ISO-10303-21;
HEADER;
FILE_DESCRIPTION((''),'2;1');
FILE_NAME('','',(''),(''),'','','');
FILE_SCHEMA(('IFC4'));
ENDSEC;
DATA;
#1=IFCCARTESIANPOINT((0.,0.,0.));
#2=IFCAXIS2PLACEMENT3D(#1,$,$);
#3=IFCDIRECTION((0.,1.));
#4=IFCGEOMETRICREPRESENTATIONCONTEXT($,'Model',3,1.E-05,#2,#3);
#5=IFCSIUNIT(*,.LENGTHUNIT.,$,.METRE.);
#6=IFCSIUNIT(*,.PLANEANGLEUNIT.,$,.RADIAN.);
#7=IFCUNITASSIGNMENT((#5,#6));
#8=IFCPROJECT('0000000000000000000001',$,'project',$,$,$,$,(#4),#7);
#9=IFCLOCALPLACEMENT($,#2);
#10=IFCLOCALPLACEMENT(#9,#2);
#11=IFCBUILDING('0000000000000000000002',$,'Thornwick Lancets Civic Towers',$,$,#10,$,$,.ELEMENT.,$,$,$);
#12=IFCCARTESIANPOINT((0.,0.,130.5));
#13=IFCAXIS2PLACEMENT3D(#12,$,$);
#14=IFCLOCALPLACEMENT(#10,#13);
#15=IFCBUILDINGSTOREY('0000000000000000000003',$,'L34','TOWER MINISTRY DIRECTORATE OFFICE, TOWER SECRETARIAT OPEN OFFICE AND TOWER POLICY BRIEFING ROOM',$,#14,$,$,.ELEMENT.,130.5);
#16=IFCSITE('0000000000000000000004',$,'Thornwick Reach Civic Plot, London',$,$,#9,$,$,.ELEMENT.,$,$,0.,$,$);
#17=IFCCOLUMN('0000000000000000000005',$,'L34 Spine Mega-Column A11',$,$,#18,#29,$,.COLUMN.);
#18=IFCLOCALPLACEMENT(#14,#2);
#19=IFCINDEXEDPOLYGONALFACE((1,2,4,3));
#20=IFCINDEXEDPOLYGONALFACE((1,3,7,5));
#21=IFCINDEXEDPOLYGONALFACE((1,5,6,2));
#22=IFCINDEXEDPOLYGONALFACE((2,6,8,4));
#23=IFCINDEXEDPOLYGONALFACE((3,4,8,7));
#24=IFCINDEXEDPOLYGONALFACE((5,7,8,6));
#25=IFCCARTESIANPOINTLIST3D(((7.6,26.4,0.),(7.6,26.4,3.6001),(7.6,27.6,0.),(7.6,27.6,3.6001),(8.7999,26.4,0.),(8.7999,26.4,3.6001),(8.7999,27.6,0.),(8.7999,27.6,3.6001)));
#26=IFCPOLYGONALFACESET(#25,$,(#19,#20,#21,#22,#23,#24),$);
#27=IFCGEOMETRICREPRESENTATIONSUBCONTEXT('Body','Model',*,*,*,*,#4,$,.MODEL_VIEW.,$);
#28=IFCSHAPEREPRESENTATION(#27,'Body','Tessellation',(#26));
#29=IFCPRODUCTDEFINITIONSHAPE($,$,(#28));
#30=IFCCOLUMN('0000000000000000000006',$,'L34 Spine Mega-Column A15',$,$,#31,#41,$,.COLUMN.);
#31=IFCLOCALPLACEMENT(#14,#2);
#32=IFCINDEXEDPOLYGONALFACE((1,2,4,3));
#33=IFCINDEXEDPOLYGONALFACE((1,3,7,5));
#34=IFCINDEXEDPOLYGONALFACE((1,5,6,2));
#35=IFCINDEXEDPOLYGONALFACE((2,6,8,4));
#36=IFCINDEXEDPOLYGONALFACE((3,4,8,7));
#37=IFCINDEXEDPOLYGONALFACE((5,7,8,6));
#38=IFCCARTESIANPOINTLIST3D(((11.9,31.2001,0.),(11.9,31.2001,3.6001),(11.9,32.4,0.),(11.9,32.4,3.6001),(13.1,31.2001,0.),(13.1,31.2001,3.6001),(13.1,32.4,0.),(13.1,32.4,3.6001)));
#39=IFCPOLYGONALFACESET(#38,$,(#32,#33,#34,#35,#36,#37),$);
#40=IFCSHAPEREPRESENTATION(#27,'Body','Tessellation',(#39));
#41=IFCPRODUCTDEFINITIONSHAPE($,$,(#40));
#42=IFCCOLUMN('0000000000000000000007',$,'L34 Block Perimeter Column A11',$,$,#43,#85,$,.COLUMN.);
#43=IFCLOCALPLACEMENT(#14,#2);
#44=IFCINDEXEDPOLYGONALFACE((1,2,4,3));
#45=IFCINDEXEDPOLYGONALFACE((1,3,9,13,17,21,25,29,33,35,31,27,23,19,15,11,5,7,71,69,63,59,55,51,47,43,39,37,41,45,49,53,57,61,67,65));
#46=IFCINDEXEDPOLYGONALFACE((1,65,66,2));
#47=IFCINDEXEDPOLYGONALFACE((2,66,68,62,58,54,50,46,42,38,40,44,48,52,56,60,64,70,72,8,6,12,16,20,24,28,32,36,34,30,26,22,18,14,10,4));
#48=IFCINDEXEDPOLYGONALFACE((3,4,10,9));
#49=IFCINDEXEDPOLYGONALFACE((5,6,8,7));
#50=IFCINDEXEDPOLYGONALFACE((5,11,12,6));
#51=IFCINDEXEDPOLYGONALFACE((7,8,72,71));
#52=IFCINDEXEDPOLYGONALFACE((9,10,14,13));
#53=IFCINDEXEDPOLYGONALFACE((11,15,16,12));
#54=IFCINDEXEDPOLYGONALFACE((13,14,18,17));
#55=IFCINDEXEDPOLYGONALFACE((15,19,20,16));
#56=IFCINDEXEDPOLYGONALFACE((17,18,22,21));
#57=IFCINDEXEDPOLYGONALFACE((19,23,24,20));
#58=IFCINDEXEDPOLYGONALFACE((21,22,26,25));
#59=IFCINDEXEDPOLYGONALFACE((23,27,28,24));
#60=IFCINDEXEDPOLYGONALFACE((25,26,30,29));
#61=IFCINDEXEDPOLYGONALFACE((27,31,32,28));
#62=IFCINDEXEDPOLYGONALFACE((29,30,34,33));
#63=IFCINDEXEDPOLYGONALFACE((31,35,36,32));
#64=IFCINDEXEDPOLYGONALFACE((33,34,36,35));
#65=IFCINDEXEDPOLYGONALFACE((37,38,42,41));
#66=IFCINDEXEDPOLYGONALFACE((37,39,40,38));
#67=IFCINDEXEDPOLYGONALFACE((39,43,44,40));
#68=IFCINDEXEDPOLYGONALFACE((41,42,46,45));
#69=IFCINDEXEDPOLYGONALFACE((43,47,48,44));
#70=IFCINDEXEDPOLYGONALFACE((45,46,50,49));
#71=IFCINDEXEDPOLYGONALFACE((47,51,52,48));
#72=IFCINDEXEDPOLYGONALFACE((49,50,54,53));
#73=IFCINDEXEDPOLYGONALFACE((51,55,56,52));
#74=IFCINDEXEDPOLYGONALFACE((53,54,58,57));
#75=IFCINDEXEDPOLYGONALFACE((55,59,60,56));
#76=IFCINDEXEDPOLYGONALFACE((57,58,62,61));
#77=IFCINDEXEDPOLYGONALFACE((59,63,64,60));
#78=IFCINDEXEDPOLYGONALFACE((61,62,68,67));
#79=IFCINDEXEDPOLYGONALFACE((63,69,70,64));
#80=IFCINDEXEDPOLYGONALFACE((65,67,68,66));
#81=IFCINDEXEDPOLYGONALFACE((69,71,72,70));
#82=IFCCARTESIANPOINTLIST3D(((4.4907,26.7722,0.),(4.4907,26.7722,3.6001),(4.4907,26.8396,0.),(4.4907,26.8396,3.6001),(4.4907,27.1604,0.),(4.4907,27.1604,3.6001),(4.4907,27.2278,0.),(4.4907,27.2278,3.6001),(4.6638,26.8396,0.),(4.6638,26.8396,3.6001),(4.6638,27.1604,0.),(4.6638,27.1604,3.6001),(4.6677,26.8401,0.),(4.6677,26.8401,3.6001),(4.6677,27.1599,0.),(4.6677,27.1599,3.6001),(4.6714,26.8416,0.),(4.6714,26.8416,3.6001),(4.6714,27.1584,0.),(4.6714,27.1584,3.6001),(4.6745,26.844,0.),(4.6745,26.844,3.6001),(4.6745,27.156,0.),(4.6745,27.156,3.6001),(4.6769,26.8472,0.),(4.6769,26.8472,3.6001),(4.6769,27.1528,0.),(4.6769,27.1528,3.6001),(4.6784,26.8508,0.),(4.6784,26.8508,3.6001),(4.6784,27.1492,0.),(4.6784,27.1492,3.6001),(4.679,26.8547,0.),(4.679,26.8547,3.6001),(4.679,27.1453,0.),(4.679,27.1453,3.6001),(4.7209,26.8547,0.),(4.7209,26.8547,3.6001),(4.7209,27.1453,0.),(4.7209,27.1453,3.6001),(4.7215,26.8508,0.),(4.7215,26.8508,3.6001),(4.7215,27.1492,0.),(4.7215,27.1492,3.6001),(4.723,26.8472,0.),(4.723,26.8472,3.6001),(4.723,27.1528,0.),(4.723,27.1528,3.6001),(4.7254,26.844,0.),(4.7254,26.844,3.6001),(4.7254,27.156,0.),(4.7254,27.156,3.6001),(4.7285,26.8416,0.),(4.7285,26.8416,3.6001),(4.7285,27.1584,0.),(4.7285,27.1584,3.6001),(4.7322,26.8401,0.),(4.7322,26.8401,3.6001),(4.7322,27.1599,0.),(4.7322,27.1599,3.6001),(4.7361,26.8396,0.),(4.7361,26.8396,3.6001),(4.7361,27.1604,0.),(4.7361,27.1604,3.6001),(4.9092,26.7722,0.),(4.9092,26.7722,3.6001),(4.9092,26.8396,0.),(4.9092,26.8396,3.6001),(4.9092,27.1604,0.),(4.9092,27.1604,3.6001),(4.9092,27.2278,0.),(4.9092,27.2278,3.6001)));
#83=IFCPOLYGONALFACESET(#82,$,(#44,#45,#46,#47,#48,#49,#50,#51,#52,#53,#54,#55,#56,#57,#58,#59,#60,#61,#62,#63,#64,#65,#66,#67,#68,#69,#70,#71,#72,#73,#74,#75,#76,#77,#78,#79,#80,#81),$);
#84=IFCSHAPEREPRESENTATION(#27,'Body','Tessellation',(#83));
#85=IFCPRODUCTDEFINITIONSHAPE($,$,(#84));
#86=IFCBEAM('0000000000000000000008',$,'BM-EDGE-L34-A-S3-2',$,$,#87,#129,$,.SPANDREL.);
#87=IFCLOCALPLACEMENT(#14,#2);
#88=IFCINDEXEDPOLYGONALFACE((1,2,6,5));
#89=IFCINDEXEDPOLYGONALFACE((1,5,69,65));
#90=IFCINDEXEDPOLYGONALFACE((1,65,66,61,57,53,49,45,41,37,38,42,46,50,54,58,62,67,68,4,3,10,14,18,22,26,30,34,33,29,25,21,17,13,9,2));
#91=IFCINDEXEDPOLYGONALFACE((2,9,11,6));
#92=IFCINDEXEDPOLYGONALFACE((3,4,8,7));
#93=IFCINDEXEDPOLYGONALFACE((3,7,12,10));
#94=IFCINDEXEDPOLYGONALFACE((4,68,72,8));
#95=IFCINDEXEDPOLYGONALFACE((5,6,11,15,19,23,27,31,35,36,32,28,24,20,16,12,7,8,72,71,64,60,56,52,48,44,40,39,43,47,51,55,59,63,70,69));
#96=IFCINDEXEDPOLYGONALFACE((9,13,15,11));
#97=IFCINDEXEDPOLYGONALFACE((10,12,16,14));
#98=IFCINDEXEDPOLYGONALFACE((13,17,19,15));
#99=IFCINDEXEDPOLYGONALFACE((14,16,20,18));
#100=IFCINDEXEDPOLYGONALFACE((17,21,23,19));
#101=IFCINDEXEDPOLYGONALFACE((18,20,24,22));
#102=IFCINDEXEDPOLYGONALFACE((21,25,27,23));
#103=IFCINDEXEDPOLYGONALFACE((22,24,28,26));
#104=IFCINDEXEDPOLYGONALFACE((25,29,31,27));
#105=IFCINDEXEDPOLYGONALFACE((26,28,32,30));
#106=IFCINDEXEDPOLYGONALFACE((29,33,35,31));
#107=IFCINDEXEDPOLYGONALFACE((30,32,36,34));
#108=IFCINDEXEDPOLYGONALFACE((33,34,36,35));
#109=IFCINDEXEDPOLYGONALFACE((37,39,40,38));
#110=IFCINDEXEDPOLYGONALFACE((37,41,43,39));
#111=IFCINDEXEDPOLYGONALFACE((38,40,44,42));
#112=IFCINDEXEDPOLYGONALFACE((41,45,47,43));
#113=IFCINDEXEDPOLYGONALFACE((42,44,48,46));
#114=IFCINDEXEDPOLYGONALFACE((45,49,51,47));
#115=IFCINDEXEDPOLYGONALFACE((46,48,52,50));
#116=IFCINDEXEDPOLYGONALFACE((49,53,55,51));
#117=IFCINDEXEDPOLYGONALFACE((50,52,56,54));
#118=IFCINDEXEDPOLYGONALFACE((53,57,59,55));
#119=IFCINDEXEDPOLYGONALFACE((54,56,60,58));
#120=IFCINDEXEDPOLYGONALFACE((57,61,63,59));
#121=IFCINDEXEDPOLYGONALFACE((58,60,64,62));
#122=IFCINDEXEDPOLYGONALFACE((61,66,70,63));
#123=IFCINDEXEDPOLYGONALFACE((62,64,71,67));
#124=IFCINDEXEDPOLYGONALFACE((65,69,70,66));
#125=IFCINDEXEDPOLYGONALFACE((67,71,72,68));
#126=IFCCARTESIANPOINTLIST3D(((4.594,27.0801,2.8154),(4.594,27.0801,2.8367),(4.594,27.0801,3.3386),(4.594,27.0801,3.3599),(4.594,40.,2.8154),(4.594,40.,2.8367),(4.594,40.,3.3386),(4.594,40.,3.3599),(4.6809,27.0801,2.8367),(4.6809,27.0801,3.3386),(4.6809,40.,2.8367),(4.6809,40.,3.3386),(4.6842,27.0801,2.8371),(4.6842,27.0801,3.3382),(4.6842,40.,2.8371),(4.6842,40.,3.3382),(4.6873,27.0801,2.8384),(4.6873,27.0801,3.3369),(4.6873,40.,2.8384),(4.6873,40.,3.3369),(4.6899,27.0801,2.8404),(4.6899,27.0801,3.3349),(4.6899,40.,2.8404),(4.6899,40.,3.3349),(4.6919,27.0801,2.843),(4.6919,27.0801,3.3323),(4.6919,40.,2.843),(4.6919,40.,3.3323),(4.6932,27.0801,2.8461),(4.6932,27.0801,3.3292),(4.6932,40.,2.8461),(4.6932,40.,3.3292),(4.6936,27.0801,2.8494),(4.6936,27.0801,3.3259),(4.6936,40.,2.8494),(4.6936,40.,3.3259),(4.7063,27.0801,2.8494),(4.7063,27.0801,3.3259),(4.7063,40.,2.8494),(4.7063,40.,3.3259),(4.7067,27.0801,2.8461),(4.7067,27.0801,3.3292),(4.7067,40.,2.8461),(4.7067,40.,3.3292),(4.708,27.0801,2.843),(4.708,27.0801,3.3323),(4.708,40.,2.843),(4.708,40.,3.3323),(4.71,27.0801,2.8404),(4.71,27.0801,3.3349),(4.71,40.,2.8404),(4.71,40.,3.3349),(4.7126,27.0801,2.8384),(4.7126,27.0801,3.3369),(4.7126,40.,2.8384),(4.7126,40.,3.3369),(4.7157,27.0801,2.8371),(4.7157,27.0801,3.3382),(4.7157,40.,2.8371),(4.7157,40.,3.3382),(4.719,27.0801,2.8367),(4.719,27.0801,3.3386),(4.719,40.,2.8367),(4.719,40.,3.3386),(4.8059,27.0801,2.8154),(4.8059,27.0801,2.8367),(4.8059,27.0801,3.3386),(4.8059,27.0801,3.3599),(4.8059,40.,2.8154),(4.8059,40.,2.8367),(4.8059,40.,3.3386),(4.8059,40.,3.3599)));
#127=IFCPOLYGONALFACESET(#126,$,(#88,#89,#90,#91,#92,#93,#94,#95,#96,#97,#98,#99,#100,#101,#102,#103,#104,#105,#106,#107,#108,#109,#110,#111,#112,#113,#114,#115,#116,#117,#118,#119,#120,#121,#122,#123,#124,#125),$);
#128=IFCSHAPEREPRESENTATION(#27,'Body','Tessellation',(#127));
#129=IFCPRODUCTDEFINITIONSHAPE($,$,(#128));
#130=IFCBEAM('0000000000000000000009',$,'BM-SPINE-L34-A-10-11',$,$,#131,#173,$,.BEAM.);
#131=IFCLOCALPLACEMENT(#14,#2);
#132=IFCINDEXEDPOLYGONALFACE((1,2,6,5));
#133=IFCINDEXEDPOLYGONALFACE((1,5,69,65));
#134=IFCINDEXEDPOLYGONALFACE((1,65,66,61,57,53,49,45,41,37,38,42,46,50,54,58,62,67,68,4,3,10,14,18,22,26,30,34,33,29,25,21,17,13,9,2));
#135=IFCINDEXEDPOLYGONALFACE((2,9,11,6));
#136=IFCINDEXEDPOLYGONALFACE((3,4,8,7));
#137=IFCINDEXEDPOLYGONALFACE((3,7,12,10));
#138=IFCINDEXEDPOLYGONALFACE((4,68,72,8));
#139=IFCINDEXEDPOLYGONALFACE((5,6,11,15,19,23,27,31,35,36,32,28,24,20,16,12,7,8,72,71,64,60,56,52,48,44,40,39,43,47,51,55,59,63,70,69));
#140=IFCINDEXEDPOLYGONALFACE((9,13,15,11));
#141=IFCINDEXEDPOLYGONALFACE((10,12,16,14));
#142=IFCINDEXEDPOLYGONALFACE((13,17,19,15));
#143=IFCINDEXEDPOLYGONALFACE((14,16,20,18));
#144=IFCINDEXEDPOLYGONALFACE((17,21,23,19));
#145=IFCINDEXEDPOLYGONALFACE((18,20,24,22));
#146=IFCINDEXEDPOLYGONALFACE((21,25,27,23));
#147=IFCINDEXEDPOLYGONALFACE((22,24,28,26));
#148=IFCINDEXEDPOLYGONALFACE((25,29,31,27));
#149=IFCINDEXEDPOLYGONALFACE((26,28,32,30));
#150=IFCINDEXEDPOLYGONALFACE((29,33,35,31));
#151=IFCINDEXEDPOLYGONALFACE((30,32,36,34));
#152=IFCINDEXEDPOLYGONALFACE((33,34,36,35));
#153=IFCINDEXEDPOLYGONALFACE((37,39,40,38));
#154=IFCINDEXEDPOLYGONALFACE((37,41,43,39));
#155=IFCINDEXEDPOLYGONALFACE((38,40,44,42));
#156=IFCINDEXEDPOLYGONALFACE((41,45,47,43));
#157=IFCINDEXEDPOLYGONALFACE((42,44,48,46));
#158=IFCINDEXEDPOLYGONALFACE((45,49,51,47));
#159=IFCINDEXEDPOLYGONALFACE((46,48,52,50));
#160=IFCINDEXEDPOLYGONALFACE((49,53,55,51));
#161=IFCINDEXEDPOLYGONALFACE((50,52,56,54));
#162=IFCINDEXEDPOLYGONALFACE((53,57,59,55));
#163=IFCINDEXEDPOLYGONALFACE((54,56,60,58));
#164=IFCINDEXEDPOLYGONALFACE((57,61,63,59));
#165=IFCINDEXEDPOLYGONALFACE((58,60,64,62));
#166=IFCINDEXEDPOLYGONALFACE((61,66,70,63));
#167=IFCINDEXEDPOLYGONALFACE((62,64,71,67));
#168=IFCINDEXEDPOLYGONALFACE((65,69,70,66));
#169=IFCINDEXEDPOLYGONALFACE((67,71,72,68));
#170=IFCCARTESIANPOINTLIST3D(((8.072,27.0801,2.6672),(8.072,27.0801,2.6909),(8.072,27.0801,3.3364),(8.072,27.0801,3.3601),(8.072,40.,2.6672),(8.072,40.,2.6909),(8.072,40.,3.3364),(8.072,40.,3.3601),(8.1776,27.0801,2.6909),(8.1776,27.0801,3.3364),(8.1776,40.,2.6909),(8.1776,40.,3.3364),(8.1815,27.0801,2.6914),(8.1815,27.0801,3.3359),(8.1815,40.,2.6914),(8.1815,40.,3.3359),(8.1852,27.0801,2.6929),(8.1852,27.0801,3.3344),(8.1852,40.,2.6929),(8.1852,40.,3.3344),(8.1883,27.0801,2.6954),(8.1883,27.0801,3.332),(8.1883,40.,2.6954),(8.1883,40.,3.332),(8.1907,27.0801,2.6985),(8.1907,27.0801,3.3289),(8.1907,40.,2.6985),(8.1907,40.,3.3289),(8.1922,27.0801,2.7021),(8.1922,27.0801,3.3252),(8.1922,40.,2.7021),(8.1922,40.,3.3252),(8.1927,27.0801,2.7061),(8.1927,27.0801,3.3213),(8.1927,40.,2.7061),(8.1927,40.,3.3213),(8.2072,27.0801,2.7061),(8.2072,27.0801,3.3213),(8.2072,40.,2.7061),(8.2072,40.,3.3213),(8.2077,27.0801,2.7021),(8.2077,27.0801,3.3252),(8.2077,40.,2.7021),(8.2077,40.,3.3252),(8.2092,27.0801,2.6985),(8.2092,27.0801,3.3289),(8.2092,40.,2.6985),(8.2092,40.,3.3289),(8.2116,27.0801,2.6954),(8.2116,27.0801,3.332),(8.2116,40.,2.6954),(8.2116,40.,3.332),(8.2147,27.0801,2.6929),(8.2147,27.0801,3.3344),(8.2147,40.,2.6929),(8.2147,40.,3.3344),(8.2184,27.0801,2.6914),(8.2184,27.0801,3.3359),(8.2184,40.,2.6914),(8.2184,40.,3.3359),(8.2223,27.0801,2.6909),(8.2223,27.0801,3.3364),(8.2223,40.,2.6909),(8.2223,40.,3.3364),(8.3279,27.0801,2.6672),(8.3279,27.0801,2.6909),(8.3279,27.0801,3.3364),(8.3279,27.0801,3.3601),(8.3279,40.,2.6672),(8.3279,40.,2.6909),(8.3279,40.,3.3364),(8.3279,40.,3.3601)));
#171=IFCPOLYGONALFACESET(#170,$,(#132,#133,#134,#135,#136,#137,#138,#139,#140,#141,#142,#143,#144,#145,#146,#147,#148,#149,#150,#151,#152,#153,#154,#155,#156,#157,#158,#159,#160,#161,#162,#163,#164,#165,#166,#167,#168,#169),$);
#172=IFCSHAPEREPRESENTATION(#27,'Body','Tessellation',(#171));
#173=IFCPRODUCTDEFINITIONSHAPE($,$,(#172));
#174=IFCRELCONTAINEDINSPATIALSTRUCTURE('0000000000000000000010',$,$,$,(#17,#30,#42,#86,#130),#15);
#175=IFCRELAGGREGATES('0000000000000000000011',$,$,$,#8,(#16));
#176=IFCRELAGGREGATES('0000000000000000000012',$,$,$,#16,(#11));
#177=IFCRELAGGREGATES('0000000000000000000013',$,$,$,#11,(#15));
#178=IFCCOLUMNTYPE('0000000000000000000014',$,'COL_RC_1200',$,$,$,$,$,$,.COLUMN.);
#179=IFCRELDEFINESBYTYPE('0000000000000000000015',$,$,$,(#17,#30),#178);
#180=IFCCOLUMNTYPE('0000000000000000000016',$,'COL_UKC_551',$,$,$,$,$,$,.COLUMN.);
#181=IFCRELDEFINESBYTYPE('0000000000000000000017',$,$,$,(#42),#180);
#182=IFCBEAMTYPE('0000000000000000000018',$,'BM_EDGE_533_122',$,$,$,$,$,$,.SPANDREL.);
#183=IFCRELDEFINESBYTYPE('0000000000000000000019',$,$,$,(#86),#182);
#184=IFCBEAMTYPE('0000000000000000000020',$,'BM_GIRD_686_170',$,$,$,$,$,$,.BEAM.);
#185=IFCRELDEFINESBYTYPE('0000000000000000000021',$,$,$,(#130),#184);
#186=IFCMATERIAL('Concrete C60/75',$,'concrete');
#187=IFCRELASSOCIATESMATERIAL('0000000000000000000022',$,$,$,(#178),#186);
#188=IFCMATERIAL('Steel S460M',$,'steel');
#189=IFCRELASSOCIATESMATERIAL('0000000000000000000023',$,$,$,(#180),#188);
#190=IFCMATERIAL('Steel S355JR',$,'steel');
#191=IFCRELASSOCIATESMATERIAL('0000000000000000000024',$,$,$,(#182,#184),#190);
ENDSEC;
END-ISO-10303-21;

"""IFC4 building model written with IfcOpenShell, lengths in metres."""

from ifc_helpers import new_model, si_unit, direction, frame, origin, origin_2d, place, context, subcontext, project, spatial, rectangle, i_section, extrude, material, material_profile, profile_set, type_object, element, save


model = new_model("IFC4")

# Units and contexts
model_context = context("Model", 3, precision=1e-05, world=origin(), true_north=direction((0.0, 1.0)))
body_context = subcontext(model_context, "Body", "Model", "MODEL_VIEW")
ifc_project = project(units=[si_unit("LENGTHUNIT", "METRE"), si_unit("PLANEANGLEUNIT", "RADIAN")], contexts=[model_context])

# Site, building, storey
site_placement = place(None, origin())
site = spatial("IfcSite", under=ifc_project, at=site_placement, Name="Thornwick Reach Civic Plot, London", CompositionType="ELEMENT", RefElevation=0.0)
building_placement = place(site_placement, origin())
building = spatial("IfcBuilding", under=site, at=building_placement, Name="Thornwick Lancets Civic Towers", CompositionType="ELEMENT")
storey_placement = place(building_placement, frame((0.0, 0.0, 130.5)))
storey = spatial("IfcBuildingStorey", under=building, at=storey_placement, Name="L34", Description="TOWER MINISTRY DIRECTORATE OFFICE, TOWER SECRETARIAT OPEN OFFICE AND TOWER POLICY BRIEFING ROOM", CompositionType="ELEMENT", Elevation=130.5)

# Columns
ifc_material_1 = material(Name="Concrete C60/75", Category="concrete")
ifc_material_profile_1 = material_profile(ifc_material_1, rectangle(XDim=1.2, YDim=1.2, at=origin_2d()), Name="RC 1200x1200")
ifc_profile_set_1 = profile_set([ifc_material_profile_1], Name="Concrete C60/75")
column_type_1 = type_object("IfcColumnType", Name="COL_RC_1200", PredefinedType="COLUMN", material=ifc_profile_set_1)
for number, where, z_axis, x_axis, name in (
    (1, (8.2, 27.0, 0.0), (0.0, 0.0, 1.0), (1.0, 0.0, 0.0), "L34 Spine Mega-Column A11"),
    (2, (12.5, 31.8, 0.0), (0.0, 0.0, 1.0), (1.0, 0.0, 0.0), "L34 Spine Mega-Column A15"),
):
    element("IfcColumn", number, at=place(storey_placement, frame(where, z_axis=z_axis, x_axis=x_axis)), inside=storey, type_object=column_type_1, Name=name, PredefinedType="COLUMN", context=body_context, shape_type="SweptSolid", body=[
        extrude(rectangle(XDim=1.2, YDim=1.2, at=origin_2d()), origin(), (0.0, 0.0, 1.0), 3.6001),
    ])
ifc_material_2 = material(Name="Steel S460M", Category="steel")
ifc_material_profile_2 = material_profile(ifc_material_2, i_section(OverallWidth=0.4185, OverallDepth=0.4556, WebThickness=0.042, FlangeThickness=0.0674, FilletRadius=0.0151, at=origin_2d()), Name="UKC 356x406x551")
ifc_profile_set_2 = profile_set([ifc_material_profile_2], Name="Steel S460M")
column_type_2 = type_object("IfcColumnType", Name="COL_UKC_551", PredefinedType="COLUMN", material=ifc_profile_set_2)
column_placement = place(storey_placement, frame((4.7, 27.0, 0.0), z_axis=(0.0, 0.0, 1.0), x_axis=(1.0, 0.0, 0.0)))
element("IfcColumn", 3, at=column_placement, inside=storey, type_object=column_type_2, Name="L34 Block Perimeter Column A11", PredefinedType="COLUMN", context=body_context, shape_type="SweptSolid", body=[
    extrude(i_section(OverallWidth=0.4185, OverallDepth=0.4556, WebThickness=0.042, FlangeThickness=0.0674, FilletRadius=0.0151, at=origin_2d()), origin(), (0.0, 0.0, 1.0), 3.6001),
])

# Beams
ifc_material_3 = material(Name="Steel S355JR", Category="steel")
ifc_material_profile_3 = material_profile(ifc_material_3, i_section(OverallWidth=0.2119, OverallDepth=0.5444, WebThickness=0.0127, FlangeThickness=0.0212, FilletRadius=0.0127, at=origin_2d()), Name="UKB 533x210x122")
ifc_profile_set_3 = profile_set([ifc_material_profile_3], Name="Steel S355JR")
beam_type_1 = type_object("IfcBeamType", Name="BM_EDGE_533_122", PredefinedType="SPANDREL", material=ifc_profile_set_3)
beam_1_placement = place(storey_placement, frame((4.7, 27.0801, 3.0876), z_axis=(0.0, 1.0, 0.0), x_axis=(-1.0, 0.0, 0.0)))
element("IfcBeam", 4, at=beam_1_placement, inside=storey, type_object=beam_type_1, Name="BM-EDGE-L34-A-S3-2", PredefinedType="SPANDREL", context=body_context, shape_type="SweptSolid", body=[
    extrude(i_section(OverallWidth=0.2119, OverallDepth=0.5444, WebThickness=0.0127, FlangeThickness=0.0212, FilletRadius=0.0127, at=origin_2d()), origin(), (0.0, 0.0, 1.0), 12.9199),
])
ifc_material_profile_4 = material_profile(ifc_material_3, i_section(OverallWidth=0.2559, OverallDepth=0.6929, WebThickness=0.0144, FlangeThickness=0.0237, FilletRadius=0.0151, at=origin_2d()), Name="UKB 686x254x170")
ifc_profile_set_4 = profile_set([ifc_material_profile_4], Name="Steel S355JR")
beam_type_2 = type_object("IfcBeamType", Name="BM_GIRD_686_170", PredefinedType="BEAM", material=ifc_profile_set_4)
beam_2_placement = place(storey_placement, frame((8.2, 27.0801, 3.0137), z_axis=(0.0, 1.0, 0.0), x_axis=(-1.0, 0.0, 0.0)))
element("IfcBeam", 5, at=beam_2_placement, inside=storey, type_object=beam_type_2, Name="BM-SPINE-L34-A-10-11", PredefinedType="BEAM", context=body_context, shape_type="SweptSolid", body=[
    extrude(i_section(OverallWidth=0.2559, OverallDepth=0.6929, WebThickness=0.0144, FlangeThickness=0.0237, FilletRadius=0.0151, at=origin_2d()), origin(), (0.0, 0.0, 1.0), 12.9199),
])

save(model, "model.ifc")
